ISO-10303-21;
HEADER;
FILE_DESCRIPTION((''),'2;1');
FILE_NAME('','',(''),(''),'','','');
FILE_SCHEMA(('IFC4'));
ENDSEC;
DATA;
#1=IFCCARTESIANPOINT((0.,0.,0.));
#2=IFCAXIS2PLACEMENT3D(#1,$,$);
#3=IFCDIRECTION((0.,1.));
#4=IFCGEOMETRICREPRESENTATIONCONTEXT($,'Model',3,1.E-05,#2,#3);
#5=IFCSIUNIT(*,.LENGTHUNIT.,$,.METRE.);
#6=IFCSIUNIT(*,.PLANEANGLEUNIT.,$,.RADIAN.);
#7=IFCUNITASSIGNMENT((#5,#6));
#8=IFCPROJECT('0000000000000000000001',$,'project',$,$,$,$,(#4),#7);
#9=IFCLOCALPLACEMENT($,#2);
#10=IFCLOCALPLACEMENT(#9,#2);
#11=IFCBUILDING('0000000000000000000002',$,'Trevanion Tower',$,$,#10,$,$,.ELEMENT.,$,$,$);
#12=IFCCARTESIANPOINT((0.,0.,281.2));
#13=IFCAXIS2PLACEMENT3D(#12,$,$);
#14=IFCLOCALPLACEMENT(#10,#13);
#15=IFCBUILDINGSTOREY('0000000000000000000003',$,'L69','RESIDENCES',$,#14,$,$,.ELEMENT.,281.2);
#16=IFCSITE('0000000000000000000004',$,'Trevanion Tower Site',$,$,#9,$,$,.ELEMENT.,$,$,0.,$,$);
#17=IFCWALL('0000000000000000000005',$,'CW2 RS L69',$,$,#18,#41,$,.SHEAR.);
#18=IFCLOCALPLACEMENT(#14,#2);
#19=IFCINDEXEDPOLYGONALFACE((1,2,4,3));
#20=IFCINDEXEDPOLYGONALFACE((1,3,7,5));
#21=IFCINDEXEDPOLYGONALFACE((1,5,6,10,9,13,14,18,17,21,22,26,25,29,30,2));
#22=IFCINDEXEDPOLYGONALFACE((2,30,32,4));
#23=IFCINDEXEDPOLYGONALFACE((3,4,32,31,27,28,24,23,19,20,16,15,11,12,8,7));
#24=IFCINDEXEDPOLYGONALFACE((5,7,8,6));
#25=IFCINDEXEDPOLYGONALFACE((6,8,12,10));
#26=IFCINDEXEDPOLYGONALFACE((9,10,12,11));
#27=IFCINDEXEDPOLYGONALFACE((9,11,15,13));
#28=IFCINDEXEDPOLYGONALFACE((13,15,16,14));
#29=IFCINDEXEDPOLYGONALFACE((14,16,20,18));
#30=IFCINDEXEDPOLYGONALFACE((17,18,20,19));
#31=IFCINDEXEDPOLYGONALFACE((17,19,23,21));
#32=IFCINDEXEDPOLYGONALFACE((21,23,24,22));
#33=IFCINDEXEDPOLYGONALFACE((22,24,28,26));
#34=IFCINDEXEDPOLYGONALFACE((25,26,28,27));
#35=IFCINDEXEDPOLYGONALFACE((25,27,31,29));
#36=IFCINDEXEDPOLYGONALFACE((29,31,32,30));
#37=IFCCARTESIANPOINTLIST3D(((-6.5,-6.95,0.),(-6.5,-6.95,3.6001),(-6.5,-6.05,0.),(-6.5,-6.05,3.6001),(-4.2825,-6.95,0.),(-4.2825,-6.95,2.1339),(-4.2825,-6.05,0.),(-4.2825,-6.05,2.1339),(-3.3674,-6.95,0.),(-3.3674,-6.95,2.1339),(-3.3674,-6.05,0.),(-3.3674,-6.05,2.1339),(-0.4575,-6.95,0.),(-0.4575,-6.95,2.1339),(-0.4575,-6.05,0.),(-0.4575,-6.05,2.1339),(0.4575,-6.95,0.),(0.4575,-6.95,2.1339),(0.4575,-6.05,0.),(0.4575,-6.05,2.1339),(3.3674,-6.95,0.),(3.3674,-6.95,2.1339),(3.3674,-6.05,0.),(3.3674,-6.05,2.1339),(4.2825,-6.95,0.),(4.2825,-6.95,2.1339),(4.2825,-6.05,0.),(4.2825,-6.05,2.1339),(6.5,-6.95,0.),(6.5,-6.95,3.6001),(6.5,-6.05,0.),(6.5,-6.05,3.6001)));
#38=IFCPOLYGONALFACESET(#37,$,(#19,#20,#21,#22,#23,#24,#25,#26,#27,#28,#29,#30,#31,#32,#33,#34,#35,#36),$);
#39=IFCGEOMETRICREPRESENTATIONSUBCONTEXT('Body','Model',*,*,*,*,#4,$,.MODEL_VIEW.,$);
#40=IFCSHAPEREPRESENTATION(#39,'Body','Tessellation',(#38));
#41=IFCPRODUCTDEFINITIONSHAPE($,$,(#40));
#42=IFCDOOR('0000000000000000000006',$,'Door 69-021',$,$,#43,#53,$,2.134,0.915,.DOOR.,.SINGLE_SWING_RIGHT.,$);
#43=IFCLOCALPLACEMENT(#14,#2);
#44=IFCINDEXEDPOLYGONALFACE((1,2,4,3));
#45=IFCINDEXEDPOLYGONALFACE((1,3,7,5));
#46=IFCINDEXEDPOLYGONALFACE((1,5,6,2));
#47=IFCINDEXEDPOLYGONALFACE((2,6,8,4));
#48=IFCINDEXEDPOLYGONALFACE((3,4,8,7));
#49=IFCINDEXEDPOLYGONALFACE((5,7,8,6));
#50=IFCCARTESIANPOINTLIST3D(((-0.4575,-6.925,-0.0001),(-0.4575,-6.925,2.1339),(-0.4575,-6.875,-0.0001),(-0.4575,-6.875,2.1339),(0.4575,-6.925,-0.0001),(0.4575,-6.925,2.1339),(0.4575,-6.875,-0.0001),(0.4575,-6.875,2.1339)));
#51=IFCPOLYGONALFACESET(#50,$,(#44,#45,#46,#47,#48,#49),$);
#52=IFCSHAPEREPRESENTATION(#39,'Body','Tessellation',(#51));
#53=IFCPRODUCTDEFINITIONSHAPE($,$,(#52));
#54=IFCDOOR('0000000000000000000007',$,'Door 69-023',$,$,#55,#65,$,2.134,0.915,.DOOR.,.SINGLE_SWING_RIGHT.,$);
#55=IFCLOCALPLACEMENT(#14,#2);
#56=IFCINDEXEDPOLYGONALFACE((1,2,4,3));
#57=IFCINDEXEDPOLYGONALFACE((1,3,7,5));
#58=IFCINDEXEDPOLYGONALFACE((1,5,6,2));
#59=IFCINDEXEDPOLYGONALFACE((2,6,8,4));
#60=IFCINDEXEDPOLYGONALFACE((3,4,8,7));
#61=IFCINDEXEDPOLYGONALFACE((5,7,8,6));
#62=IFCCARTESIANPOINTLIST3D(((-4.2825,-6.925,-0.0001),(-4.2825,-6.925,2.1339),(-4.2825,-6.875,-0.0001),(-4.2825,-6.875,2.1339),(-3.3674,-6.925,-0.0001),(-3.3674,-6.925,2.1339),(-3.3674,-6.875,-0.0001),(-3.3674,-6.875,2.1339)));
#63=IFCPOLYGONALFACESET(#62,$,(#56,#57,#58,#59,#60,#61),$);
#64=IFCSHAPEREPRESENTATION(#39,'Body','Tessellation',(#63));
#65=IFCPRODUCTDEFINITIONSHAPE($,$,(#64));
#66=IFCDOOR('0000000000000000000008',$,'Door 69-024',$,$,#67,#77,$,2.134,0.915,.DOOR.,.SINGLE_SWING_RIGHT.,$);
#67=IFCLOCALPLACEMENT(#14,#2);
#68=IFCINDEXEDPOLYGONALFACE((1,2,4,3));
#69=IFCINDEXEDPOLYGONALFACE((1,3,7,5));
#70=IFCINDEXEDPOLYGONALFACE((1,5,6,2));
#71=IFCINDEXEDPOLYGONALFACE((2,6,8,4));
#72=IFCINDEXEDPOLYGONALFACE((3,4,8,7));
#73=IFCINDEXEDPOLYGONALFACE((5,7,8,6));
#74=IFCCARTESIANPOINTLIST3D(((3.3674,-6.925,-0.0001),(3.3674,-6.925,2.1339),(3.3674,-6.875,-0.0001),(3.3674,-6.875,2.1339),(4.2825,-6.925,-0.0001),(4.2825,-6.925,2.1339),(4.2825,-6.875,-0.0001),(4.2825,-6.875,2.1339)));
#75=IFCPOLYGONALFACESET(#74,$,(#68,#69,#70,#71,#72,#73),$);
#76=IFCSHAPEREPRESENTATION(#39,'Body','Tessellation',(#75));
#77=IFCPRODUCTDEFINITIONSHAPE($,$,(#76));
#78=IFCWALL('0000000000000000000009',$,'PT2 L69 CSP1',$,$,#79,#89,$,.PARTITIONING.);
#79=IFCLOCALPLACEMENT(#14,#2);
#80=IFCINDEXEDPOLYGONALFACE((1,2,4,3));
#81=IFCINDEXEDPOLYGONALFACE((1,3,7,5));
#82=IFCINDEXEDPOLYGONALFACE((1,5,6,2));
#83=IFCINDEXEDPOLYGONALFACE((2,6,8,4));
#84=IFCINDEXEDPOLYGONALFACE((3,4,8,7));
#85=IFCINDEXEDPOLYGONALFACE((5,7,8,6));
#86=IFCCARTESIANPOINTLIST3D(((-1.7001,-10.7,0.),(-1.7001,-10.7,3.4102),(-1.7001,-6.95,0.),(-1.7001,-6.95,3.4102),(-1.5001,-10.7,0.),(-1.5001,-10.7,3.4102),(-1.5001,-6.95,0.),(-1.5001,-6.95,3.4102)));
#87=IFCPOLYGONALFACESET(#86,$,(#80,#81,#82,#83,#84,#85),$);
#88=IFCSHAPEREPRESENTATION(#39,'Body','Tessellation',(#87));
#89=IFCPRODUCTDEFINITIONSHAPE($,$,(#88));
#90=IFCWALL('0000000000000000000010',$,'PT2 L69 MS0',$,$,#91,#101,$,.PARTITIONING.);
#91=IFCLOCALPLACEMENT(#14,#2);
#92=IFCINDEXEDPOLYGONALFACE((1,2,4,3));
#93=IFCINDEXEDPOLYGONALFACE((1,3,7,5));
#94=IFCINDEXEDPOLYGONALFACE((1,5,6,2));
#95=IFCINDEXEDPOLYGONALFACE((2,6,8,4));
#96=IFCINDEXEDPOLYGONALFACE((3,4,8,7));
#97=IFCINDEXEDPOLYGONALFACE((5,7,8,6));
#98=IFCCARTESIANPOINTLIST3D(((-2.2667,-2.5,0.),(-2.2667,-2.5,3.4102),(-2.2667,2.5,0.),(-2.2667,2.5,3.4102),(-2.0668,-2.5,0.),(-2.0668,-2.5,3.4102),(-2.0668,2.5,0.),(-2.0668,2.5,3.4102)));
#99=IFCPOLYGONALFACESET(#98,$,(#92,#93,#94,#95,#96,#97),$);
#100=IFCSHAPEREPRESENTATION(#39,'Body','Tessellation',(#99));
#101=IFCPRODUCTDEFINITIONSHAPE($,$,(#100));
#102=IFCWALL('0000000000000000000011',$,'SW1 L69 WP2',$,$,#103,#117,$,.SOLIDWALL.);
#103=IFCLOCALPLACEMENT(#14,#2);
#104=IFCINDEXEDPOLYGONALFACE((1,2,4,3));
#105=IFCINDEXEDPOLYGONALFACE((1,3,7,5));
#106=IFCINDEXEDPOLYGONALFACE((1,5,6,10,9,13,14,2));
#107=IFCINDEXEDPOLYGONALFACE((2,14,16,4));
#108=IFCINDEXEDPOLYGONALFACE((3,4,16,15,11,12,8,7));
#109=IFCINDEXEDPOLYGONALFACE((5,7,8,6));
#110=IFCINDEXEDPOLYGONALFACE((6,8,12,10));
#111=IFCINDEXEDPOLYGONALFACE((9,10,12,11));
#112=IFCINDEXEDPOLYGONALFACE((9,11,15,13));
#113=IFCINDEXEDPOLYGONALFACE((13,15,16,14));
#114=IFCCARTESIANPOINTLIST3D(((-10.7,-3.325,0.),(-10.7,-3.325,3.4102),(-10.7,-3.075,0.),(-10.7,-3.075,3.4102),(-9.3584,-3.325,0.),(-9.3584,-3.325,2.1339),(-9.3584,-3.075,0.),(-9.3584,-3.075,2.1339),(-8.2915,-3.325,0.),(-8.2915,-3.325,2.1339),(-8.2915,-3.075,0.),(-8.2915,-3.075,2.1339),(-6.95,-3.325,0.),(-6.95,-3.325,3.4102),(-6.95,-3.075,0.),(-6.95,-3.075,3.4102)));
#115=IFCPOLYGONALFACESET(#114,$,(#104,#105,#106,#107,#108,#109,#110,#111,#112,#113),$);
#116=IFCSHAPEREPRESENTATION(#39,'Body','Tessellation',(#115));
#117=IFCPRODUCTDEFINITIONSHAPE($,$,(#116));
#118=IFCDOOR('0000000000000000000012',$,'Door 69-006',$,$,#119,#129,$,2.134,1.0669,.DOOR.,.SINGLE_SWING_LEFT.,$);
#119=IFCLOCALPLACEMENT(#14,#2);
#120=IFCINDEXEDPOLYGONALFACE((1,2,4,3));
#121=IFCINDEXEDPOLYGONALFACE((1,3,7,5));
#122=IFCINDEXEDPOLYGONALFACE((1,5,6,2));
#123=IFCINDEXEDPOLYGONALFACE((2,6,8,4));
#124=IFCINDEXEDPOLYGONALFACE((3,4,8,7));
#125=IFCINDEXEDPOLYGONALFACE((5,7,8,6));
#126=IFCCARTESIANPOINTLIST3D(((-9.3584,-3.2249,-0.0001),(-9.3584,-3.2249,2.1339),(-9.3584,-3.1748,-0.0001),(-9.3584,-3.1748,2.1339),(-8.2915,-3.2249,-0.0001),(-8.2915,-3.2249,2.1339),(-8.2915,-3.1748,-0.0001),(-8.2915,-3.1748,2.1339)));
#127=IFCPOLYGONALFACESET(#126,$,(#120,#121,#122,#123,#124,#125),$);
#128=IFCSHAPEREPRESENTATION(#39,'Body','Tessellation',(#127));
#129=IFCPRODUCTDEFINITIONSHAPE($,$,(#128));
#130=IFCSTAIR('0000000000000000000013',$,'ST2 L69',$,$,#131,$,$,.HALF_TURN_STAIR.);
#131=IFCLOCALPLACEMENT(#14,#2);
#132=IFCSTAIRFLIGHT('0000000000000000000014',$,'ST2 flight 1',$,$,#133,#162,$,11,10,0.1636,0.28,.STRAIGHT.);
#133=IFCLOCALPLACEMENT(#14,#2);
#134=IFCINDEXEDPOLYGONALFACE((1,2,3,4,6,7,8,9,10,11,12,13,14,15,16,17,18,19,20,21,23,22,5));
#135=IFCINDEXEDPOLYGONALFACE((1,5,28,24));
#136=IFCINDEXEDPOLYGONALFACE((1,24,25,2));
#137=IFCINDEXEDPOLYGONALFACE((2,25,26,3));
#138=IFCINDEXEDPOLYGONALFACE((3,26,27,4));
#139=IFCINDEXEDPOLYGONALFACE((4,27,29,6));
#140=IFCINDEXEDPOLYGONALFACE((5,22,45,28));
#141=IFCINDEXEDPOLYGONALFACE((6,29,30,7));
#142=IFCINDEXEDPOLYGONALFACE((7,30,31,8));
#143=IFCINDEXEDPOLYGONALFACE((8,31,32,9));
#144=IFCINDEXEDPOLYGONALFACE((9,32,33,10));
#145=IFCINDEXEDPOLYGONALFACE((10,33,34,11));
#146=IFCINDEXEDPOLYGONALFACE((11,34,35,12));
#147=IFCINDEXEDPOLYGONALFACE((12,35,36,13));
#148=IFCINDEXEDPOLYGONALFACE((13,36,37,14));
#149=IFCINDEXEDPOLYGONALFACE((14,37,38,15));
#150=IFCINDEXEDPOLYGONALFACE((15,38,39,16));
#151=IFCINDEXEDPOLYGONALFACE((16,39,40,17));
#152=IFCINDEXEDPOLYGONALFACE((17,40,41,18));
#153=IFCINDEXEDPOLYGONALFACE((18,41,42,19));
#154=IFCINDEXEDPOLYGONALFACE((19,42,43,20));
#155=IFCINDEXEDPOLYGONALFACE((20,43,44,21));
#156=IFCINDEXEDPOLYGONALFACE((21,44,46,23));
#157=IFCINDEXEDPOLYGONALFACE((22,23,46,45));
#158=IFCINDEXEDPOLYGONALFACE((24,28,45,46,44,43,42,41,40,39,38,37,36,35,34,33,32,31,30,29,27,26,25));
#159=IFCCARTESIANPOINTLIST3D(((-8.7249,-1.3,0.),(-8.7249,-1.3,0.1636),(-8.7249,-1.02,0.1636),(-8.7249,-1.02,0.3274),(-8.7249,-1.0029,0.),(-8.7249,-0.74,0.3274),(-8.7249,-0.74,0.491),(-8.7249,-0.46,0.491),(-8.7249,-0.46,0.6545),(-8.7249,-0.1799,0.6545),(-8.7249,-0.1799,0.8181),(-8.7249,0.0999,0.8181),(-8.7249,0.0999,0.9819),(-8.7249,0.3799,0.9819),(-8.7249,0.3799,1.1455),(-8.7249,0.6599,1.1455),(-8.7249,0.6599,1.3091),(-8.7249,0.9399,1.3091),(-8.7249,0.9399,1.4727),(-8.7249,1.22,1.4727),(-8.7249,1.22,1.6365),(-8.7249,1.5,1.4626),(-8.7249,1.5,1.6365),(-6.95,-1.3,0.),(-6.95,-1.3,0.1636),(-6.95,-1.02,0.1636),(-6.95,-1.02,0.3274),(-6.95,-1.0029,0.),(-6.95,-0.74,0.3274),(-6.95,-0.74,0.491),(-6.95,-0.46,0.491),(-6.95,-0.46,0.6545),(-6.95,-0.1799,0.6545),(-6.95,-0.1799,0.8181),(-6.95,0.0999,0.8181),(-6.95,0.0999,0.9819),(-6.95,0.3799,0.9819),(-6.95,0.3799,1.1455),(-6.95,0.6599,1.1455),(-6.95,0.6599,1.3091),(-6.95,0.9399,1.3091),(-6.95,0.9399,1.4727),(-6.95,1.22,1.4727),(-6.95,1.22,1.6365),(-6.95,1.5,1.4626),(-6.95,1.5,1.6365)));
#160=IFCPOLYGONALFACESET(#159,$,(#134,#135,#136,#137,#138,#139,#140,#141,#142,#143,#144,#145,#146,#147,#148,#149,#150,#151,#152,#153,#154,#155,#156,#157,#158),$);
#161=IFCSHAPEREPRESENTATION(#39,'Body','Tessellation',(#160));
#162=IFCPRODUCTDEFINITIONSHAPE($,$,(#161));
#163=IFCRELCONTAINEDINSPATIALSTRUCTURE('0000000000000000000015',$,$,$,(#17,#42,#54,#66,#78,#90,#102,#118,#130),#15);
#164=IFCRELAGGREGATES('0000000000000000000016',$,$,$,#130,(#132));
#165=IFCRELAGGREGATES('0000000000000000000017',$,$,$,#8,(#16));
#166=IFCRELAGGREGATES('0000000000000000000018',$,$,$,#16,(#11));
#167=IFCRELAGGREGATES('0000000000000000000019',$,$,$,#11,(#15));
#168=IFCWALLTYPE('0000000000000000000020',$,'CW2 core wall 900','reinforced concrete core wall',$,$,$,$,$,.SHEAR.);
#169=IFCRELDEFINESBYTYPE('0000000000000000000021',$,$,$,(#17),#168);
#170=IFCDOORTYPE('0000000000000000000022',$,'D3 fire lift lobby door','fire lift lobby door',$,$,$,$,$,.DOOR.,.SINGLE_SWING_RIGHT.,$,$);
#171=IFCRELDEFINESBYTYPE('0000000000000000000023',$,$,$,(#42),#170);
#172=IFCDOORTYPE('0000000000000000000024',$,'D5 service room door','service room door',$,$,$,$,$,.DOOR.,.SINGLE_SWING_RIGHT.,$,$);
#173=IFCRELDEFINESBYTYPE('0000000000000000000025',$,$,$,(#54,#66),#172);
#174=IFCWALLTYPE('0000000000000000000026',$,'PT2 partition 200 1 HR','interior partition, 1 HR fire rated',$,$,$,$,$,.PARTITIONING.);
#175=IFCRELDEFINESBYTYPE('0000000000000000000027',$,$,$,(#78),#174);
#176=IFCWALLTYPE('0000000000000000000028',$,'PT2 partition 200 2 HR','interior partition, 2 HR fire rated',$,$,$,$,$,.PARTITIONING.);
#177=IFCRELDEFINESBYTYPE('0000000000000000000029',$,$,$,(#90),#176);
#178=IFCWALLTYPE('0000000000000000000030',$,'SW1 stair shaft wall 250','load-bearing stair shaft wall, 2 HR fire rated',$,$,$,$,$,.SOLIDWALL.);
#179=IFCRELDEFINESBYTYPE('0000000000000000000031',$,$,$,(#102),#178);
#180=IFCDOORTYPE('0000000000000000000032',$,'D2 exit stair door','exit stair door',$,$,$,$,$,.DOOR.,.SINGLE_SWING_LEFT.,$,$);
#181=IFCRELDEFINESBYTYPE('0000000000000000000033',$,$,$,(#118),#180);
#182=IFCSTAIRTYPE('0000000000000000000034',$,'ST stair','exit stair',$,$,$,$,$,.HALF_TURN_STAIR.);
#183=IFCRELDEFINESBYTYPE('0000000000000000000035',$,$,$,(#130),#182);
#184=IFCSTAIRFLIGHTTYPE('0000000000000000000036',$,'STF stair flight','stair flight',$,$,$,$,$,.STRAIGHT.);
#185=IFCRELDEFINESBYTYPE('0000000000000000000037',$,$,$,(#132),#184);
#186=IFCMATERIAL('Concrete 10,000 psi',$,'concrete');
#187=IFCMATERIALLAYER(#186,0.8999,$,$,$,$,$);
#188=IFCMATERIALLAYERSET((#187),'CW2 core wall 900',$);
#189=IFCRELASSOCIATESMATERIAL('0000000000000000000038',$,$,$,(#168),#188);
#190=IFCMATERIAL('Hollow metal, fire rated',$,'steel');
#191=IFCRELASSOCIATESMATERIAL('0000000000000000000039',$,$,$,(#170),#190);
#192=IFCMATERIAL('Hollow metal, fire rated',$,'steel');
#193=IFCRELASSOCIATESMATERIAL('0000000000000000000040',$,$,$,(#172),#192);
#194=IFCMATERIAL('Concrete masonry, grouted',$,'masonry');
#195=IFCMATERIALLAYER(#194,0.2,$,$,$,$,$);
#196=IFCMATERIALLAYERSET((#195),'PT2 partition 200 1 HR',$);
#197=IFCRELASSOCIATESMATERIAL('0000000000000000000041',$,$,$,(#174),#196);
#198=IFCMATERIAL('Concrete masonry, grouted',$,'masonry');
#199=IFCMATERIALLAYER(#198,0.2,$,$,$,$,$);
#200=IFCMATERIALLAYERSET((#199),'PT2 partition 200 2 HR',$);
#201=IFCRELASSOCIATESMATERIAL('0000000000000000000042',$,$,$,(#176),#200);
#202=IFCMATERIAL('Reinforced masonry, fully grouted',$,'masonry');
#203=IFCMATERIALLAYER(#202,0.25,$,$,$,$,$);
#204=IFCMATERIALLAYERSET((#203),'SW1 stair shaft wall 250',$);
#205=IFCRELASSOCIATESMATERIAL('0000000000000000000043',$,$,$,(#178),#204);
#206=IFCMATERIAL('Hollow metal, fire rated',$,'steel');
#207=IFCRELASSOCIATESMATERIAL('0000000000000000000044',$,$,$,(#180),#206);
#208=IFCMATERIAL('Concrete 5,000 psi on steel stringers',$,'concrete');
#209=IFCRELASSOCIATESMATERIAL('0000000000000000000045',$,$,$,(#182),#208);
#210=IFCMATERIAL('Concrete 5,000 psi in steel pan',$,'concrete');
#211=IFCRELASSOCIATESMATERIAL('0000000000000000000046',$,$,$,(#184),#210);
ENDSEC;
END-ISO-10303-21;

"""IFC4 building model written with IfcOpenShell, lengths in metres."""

from ifc_helpers import new_model, si_unit, direction, frame, frame_2d, origin, place, context, subcontext, project, spatial, polyline, rectangle, outline, extrude, material, layer, layer_set, type_object, element, fill, aggregate, save


model = new_model("IFC4")

# Units and contexts
model_context = context("Model", 3, precision=1e-05, world=origin(), true_north=direction((0.0, 1.0)))
body_context = subcontext(model_context, "Body", "Model", "MODEL_VIEW")
ifc_project = project(units=[si_unit("LENGTHUNIT", "METRE"), si_unit("PLANEANGLEUNIT", "RADIAN")], contexts=[model_context])

# Site, building, storey
site_placement = place(None, origin())
site = spatial("IfcSite", under=ifc_project, at=site_placement, Name="Trevanion Tower Site", CompositionType="ELEMENT", RefElevation=0.0)
building_placement = place(site_placement, origin())
building = spatial("IfcBuilding", under=site, at=building_placement, Name="Trevanion Tower", CompositionType="ELEMENT")
storey_placement = place(building_placement, frame((0.0, 0.0, 281.2)))
storey = spatial("IfcBuildingStorey", under=building, at=storey_placement, Name="L69", Description="RESIDENCES", CompositionType="ELEMENT", Elevation=281.2)

# Shared definitions
ifc_material_1 = material(Name="Concrete 10,000 psi", Category="concrete")
ifc_layer_1 = layer(ifc_material_1, 0.8999)
ifc_layer_set_1 = layer_set([ifc_layer_1], Name="CW2 core wall 900")
wall_type_1 = type_object("IfcWallType", Name="CW2 core wall 900", Description="reinforced concrete core wall", PredefinedType="SHEAR", material=ifc_layer_set_1)

# Wall, openings, doors
wall_1_placement = place(storey_placement, frame((-6.5, -6.5, 0.0), z_axis=(0.0, 0.0, 1.0), x_axis=(1.0, 0.0, 0.0)))
wall_1 = element("IfcWall", 1, at=wall_1_placement, inside=storey, type_object=wall_type_1, Name="CW2 RS L69", PredefinedType="SHEAR", context=body_context, shape_type="SweptSolid", body=[
    extrude(rectangle(XDim=13.0, YDim=0.8999, at=frame_2d((6.5, 0.0))), origin(), (0.0, 0.0, 1.0), 3.6001),
])
opening_1_placement = place(wall_1_placement, frame((6.0425, 0.0, 0.0)))
opening_1 = element("IfcOpeningElement", 2, at=opening_1_placement, cuts=wall_1, PredefinedType="OPENING", context=body_context, shape_type="SweptSolid", body=[
    extrude(rectangle(XDim=0.915, YDim=2.134, at=frame_2d((0.4575, 1.0669))), frame((0.0, 0.46, 0.0), z_axis=(0.0, -1.0, 0.0), x_axis=(1.0, 0.0, 0.0)), (0.0, 0.0, 1.0), 0.9199),
])
opening_2_placement = place(wall_1_placement, frame((2.2175, 0.0, 0.0)))
opening_2 = element("IfcOpeningElement", 3, at=opening_2_placement, cuts=wall_1, PredefinedType="OPENING", context=body_context, shape_type="SweptSolid", body=[
    extrude(rectangle(XDim=0.915, YDim=2.134, at=frame_2d((0.4575, 1.0669))), frame((0.0, 0.46, 0.0), z_axis=(0.0, -1.0, 0.0), x_axis=(1.0, 0.0, 0.0)), (0.0, 0.0, 1.0), 0.9199),
])
opening_3_placement = place(wall_1_placement, frame((9.8674, 0.0, 0.0)))
opening_3 = element("IfcOpeningElement", 4, at=opening_3_placement, cuts=wall_1, PredefinedType="OPENING", context=body_context, shape_type="SweptSolid", body=[
    extrude(rectangle(XDim=0.915, YDim=2.134, at=frame_2d((0.4575, 1.0669))), frame((0.0, 0.46, 0.0), z_axis=(0.0, -1.0, 0.0), x_axis=(1.0, 0.0, 0.0)), (0.0, 0.0, 1.0), 0.9199),
])
ifc_material_2 = material(Name="Hollow metal, fire rated", Category="steel")
door_type_1 = type_object("IfcDoorType", Name="D3 fire lift lobby door", Description="fire lift lobby door", OperationType="SINGLE_SWING_RIGHT", PredefinedType="DOOR", material=ifc_material_2)
door_1_placement = place(opening_1_placement, origin())
door_1 = element("IfcDoor", 5, at=door_1_placement, inside=storey, type_object=door_type_1, Name="Door 69-021", OperationType="SINGLE_SWING_RIGHT", OverallHeight=2.134, OverallWidth=0.915, PredefinedType="DOOR", context=body_context, shape_type="SweptSolid", body=[
    extrude(rectangle(XDim=0.915, YDim=2.134, at=frame_2d((0.4575, 1.0669))), frame((0.0, -0.375, 0.0), z_axis=(0.0, -1.0, 0.0), x_axis=(1.0, 0.0, 0.0)), (0.0, 0.0, 1.0), 0.05),
])
fill(opening_1, door_1)
ifc_material_3 = material(Name="Hollow metal, fire rated", Category="steel")
door_type_2 = type_object("IfcDoorType", Name="D5 service room door", Description="service room door", OperationType="SINGLE_SWING_RIGHT", PredefinedType="DOOR", material=ifc_material_3)
door_2_placement = place(opening_2_placement, origin())
door_2 = element("IfcDoor", 6, at=door_2_placement, inside=storey, type_object=door_type_2, Name="Door 69-023", OperationType="SINGLE_SWING_RIGHT", OverallHeight=2.134, OverallWidth=0.915, PredefinedType="DOOR", context=body_context, shape_type="SweptSolid", body=[
    extrude(rectangle(XDim=0.915, YDim=2.134, at=frame_2d((0.4575, 1.0669))), frame((0.0, -0.375, 0.0), z_axis=(0.0, -1.0, 0.0), x_axis=(1.0, 0.0, 0.0)), (0.0, 0.0, 1.0), 0.05),
])
fill(opening_2, door_2)
door_3_placement = place(opening_3_placement, origin())
door_3 = element("IfcDoor", 7, at=door_3_placement, inside=storey, type_object=door_type_2, Name="Door 69-024", OperationType="SINGLE_SWING_RIGHT", OverallHeight=2.134, OverallWidth=0.915, PredefinedType="DOOR", context=body_context, shape_type="SweptSolid", body=[
    extrude(rectangle(XDim=0.915, YDim=2.134, at=frame_2d((0.4575, 1.0669))), frame((0.0, -0.375, 0.0), z_axis=(0.0, -1.0, 0.0), x_axis=(1.0, 0.0, 0.0)), (0.0, 0.0, 1.0), 0.05),
])
fill(opening_3, door_3)

# Walls
ifc_material_4 = material(Name="Concrete masonry, grouted", Category="masonry")
ifc_layer_2 = layer(ifc_material_4, 0.2)
ifc_layer_set_2 = layer_set([ifc_layer_2], Name="PT2 partition 200 1 HR")
wall_type_2 = type_object("IfcWallType", Name="PT2 partition 200 1 HR", Description="interior partition, 1 HR fire rated", PredefinedType="PARTITIONING", material=ifc_layer_set_2)
wall_2_placement = place(storey_placement, frame((-1.6001, -6.95, 0.0), z_axis=(0.0, 0.0, 1.0), x_axis=(0.0, -1.0, 0.0)))
element("IfcWall", 8, at=wall_2_placement, inside=storey, type_object=wall_type_2, Name="PT2 L69 CSP1", PredefinedType="PARTITIONING", context=body_context, shape_type="SweptSolid", body=[
    extrude(rectangle(XDim=3.75, YDim=0.2, at=frame_2d((1.875, 0.0))), origin(), (0.0, 0.0, 1.0), 3.4102),
])
ifc_material_5 = material(Name="Concrete masonry, grouted", Category="masonry")
ifc_layer_3 = layer(ifc_material_5, 0.2)
ifc_layer_set_3 = layer_set([ifc_layer_3], Name="PT2 partition 200 2 HR")
wall_type_3 = type_object("IfcWallType", Name="PT2 partition 200 2 HR", Description="interior partition, 2 HR fire rated", PredefinedType="PARTITIONING", material=ifc_layer_set_3)
wall_3_placement = place(storey_placement, frame((-2.1667, -2.5, 0.0), z_axis=(0.0, 0.0, 1.0), x_axis=(0.0, 1.0, 0.0)))
element("IfcWall", 9, at=wall_3_placement, inside=storey, type_object=wall_type_3, Name="PT2 L69 MS0", PredefinedType="PARTITIONING", context=body_context, shape_type="SweptSolid", body=[
    extrude(rectangle(XDim=5.0, YDim=0.2, at=frame_2d((2.5, 0.0))), origin(), (0.0, 0.0, 1.0), 3.4102),
])

# Wall, opening, door
ifc_material_6 = material(Name="Reinforced masonry, fully grouted", Category="masonry")
ifc_layer_4 = layer(ifc_material_6, 0.25)
ifc_layer_set_4 = layer_set([ifc_layer_4], Name="SW1 stair shaft wall 250")
wall_type_4 = type_object("IfcWallType", Name="SW1 stair shaft wall 250", Description="load-bearing stair shaft wall, 2 HR fire rated", PredefinedType="SOLIDWALL", material=ifc_layer_set_4)
wall_4_placement = place(storey_placement, frame((-6.95, -3.2, 0.0), z_axis=(0.0, 0.0, 1.0), x_axis=(-1.0, 0.0, 0.0)))
wall_4 = element("IfcWall", 10, at=wall_4_placement, inside=storey, type_object=wall_type_4, Name="SW1 L69 WP2", PredefinedType="SOLIDWALL", context=body_context, shape_type="SweptSolid", body=[
    extrude(rectangle(XDim=3.75, YDim=0.25, at=frame_2d((1.875, 0.0))), origin(), (0.0, 0.0, 1.0), 3.4102),
])
opening_4_placement = place(wall_4_placement, frame((1.3416, 0.0, 0.0)))
opening_4 = element("IfcOpeningElement", 11, at=opening_4_placement, cuts=wall_4, PredefinedType="OPENING", context=body_context, shape_type="SweptSolid", body=[
    extrude(rectangle(XDim=1.0669, YDim=2.134, at=frame_2d((0.5334, 1.0669))), frame((0.0, 0.135, 0.0), z_axis=(0.0, -1.0, 0.0), x_axis=(1.0, 0.0, 0.0)), (0.0, 0.0, 1.0), 0.27),
])
ifc_material_7 = material(Name="Hollow metal, fire rated", Category="steel")
door_type_3 = type_object("IfcDoorType", Name="D2 exit stair door", Description="exit stair door", OperationType="SINGLE_SWING_LEFT", PredefinedType="DOOR", material=ifc_material_7)
door_4_placement = place(opening_4_placement, origin())
door_4 = element("IfcDoor", 12, at=door_4_placement, inside=storey, type_object=door_type_3, Name="Door 69-006", OperationType="SINGLE_SWING_LEFT", OverallHeight=2.134, OverallWidth=1.0669, PredefinedType="DOOR", context=body_context, shape_type="SweptSolid", body=[
    extrude(rectangle(XDim=1.0669, YDim=2.134, at=frame_2d((0.5334, 1.0669))), frame((0.0, 0.0249, 0.0), z_axis=(0.0, -1.0, 0.0), x_axis=(1.0, 0.0, 0.0)), (0.0, 0.0, 1.0), 0.05),
])
fill(opening_4, door_4)

# Stair, stair flight
ifc_material_8 = material(Name="Concrete 5,000 psi on steel stringers", Category="concrete")
stair_type = type_object("IfcStairType", Name="ST stair", Description="exit stair", PredefinedType="HALF_TURN_STAIR", material=ifc_material_8)
stair_placement = place(storey_placement, origin())
stair = element("IfcStair", 13, at=stair_placement, inside=storey, type_object=stair_type, Name="ST2 L69", PredefinedType="HALF_TURN_STAIR")
ifc_material_9 = material(Name="Concrete 5,000 psi in steel pan", Category="concrete")
stair_flight_type = type_object("IfcStairFlightType", Name="STF stair flight", Description="stair flight", PredefinedType="STRAIGHT", material=ifc_material_9)
stair_flight_placement = place(storey_placement, frame((-7.8374, -1.3, 0.0), z_axis=(0.0, 0.0, 1.0), x_axis=(0.0, 1.0, 0.0)))
stair_flight = element("IfcStairFlight", 14, at=stair_flight_placement, type_object=stair_flight_type, Name="ST2 flight 1", NumberOfRisers=11, NumberOfTreads=10, PredefinedType="STRAIGHT", RiserHeight=0.1636, TreadLength=0.28, context=body_context, shape_type="SweptSolid", body=[
    extrude(outline(polyline([(0.0, 0.0), (0.0, 0.1636), (0.28, 0.1636), (0.28, 0.3274), (0.5601, 0.3274), (0.5601, 0.491), (0.8401, 0.491), (0.8401, 0.6545), (1.1201, 0.6545), (1.1201, 0.8181), (1.3999, 0.8181), (1.3999, 0.9819), (1.6799, 0.9819), (1.6799, 1.1455), (1.96, 1.1455), (1.96, 1.3091), (2.24, 1.3091), (2.24, 1.4727), (2.52, 1.4727), (2.52, 1.6365), (2.8, 1.6365), (2.8, 1.8), (2.8, 1.4626), (0.2971, 0.0), (0.0, 0.0)])), frame((0.0, 0.8875, 0.0), z_axis=(0.0, -1.0, 0.0), x_axis=(1.0, 0.0, 0.0)), (0.0, 0.0, 1.0), 1.7749),
])
aggregate(stair, [stair_flight])

save(model, "model.ifc")
